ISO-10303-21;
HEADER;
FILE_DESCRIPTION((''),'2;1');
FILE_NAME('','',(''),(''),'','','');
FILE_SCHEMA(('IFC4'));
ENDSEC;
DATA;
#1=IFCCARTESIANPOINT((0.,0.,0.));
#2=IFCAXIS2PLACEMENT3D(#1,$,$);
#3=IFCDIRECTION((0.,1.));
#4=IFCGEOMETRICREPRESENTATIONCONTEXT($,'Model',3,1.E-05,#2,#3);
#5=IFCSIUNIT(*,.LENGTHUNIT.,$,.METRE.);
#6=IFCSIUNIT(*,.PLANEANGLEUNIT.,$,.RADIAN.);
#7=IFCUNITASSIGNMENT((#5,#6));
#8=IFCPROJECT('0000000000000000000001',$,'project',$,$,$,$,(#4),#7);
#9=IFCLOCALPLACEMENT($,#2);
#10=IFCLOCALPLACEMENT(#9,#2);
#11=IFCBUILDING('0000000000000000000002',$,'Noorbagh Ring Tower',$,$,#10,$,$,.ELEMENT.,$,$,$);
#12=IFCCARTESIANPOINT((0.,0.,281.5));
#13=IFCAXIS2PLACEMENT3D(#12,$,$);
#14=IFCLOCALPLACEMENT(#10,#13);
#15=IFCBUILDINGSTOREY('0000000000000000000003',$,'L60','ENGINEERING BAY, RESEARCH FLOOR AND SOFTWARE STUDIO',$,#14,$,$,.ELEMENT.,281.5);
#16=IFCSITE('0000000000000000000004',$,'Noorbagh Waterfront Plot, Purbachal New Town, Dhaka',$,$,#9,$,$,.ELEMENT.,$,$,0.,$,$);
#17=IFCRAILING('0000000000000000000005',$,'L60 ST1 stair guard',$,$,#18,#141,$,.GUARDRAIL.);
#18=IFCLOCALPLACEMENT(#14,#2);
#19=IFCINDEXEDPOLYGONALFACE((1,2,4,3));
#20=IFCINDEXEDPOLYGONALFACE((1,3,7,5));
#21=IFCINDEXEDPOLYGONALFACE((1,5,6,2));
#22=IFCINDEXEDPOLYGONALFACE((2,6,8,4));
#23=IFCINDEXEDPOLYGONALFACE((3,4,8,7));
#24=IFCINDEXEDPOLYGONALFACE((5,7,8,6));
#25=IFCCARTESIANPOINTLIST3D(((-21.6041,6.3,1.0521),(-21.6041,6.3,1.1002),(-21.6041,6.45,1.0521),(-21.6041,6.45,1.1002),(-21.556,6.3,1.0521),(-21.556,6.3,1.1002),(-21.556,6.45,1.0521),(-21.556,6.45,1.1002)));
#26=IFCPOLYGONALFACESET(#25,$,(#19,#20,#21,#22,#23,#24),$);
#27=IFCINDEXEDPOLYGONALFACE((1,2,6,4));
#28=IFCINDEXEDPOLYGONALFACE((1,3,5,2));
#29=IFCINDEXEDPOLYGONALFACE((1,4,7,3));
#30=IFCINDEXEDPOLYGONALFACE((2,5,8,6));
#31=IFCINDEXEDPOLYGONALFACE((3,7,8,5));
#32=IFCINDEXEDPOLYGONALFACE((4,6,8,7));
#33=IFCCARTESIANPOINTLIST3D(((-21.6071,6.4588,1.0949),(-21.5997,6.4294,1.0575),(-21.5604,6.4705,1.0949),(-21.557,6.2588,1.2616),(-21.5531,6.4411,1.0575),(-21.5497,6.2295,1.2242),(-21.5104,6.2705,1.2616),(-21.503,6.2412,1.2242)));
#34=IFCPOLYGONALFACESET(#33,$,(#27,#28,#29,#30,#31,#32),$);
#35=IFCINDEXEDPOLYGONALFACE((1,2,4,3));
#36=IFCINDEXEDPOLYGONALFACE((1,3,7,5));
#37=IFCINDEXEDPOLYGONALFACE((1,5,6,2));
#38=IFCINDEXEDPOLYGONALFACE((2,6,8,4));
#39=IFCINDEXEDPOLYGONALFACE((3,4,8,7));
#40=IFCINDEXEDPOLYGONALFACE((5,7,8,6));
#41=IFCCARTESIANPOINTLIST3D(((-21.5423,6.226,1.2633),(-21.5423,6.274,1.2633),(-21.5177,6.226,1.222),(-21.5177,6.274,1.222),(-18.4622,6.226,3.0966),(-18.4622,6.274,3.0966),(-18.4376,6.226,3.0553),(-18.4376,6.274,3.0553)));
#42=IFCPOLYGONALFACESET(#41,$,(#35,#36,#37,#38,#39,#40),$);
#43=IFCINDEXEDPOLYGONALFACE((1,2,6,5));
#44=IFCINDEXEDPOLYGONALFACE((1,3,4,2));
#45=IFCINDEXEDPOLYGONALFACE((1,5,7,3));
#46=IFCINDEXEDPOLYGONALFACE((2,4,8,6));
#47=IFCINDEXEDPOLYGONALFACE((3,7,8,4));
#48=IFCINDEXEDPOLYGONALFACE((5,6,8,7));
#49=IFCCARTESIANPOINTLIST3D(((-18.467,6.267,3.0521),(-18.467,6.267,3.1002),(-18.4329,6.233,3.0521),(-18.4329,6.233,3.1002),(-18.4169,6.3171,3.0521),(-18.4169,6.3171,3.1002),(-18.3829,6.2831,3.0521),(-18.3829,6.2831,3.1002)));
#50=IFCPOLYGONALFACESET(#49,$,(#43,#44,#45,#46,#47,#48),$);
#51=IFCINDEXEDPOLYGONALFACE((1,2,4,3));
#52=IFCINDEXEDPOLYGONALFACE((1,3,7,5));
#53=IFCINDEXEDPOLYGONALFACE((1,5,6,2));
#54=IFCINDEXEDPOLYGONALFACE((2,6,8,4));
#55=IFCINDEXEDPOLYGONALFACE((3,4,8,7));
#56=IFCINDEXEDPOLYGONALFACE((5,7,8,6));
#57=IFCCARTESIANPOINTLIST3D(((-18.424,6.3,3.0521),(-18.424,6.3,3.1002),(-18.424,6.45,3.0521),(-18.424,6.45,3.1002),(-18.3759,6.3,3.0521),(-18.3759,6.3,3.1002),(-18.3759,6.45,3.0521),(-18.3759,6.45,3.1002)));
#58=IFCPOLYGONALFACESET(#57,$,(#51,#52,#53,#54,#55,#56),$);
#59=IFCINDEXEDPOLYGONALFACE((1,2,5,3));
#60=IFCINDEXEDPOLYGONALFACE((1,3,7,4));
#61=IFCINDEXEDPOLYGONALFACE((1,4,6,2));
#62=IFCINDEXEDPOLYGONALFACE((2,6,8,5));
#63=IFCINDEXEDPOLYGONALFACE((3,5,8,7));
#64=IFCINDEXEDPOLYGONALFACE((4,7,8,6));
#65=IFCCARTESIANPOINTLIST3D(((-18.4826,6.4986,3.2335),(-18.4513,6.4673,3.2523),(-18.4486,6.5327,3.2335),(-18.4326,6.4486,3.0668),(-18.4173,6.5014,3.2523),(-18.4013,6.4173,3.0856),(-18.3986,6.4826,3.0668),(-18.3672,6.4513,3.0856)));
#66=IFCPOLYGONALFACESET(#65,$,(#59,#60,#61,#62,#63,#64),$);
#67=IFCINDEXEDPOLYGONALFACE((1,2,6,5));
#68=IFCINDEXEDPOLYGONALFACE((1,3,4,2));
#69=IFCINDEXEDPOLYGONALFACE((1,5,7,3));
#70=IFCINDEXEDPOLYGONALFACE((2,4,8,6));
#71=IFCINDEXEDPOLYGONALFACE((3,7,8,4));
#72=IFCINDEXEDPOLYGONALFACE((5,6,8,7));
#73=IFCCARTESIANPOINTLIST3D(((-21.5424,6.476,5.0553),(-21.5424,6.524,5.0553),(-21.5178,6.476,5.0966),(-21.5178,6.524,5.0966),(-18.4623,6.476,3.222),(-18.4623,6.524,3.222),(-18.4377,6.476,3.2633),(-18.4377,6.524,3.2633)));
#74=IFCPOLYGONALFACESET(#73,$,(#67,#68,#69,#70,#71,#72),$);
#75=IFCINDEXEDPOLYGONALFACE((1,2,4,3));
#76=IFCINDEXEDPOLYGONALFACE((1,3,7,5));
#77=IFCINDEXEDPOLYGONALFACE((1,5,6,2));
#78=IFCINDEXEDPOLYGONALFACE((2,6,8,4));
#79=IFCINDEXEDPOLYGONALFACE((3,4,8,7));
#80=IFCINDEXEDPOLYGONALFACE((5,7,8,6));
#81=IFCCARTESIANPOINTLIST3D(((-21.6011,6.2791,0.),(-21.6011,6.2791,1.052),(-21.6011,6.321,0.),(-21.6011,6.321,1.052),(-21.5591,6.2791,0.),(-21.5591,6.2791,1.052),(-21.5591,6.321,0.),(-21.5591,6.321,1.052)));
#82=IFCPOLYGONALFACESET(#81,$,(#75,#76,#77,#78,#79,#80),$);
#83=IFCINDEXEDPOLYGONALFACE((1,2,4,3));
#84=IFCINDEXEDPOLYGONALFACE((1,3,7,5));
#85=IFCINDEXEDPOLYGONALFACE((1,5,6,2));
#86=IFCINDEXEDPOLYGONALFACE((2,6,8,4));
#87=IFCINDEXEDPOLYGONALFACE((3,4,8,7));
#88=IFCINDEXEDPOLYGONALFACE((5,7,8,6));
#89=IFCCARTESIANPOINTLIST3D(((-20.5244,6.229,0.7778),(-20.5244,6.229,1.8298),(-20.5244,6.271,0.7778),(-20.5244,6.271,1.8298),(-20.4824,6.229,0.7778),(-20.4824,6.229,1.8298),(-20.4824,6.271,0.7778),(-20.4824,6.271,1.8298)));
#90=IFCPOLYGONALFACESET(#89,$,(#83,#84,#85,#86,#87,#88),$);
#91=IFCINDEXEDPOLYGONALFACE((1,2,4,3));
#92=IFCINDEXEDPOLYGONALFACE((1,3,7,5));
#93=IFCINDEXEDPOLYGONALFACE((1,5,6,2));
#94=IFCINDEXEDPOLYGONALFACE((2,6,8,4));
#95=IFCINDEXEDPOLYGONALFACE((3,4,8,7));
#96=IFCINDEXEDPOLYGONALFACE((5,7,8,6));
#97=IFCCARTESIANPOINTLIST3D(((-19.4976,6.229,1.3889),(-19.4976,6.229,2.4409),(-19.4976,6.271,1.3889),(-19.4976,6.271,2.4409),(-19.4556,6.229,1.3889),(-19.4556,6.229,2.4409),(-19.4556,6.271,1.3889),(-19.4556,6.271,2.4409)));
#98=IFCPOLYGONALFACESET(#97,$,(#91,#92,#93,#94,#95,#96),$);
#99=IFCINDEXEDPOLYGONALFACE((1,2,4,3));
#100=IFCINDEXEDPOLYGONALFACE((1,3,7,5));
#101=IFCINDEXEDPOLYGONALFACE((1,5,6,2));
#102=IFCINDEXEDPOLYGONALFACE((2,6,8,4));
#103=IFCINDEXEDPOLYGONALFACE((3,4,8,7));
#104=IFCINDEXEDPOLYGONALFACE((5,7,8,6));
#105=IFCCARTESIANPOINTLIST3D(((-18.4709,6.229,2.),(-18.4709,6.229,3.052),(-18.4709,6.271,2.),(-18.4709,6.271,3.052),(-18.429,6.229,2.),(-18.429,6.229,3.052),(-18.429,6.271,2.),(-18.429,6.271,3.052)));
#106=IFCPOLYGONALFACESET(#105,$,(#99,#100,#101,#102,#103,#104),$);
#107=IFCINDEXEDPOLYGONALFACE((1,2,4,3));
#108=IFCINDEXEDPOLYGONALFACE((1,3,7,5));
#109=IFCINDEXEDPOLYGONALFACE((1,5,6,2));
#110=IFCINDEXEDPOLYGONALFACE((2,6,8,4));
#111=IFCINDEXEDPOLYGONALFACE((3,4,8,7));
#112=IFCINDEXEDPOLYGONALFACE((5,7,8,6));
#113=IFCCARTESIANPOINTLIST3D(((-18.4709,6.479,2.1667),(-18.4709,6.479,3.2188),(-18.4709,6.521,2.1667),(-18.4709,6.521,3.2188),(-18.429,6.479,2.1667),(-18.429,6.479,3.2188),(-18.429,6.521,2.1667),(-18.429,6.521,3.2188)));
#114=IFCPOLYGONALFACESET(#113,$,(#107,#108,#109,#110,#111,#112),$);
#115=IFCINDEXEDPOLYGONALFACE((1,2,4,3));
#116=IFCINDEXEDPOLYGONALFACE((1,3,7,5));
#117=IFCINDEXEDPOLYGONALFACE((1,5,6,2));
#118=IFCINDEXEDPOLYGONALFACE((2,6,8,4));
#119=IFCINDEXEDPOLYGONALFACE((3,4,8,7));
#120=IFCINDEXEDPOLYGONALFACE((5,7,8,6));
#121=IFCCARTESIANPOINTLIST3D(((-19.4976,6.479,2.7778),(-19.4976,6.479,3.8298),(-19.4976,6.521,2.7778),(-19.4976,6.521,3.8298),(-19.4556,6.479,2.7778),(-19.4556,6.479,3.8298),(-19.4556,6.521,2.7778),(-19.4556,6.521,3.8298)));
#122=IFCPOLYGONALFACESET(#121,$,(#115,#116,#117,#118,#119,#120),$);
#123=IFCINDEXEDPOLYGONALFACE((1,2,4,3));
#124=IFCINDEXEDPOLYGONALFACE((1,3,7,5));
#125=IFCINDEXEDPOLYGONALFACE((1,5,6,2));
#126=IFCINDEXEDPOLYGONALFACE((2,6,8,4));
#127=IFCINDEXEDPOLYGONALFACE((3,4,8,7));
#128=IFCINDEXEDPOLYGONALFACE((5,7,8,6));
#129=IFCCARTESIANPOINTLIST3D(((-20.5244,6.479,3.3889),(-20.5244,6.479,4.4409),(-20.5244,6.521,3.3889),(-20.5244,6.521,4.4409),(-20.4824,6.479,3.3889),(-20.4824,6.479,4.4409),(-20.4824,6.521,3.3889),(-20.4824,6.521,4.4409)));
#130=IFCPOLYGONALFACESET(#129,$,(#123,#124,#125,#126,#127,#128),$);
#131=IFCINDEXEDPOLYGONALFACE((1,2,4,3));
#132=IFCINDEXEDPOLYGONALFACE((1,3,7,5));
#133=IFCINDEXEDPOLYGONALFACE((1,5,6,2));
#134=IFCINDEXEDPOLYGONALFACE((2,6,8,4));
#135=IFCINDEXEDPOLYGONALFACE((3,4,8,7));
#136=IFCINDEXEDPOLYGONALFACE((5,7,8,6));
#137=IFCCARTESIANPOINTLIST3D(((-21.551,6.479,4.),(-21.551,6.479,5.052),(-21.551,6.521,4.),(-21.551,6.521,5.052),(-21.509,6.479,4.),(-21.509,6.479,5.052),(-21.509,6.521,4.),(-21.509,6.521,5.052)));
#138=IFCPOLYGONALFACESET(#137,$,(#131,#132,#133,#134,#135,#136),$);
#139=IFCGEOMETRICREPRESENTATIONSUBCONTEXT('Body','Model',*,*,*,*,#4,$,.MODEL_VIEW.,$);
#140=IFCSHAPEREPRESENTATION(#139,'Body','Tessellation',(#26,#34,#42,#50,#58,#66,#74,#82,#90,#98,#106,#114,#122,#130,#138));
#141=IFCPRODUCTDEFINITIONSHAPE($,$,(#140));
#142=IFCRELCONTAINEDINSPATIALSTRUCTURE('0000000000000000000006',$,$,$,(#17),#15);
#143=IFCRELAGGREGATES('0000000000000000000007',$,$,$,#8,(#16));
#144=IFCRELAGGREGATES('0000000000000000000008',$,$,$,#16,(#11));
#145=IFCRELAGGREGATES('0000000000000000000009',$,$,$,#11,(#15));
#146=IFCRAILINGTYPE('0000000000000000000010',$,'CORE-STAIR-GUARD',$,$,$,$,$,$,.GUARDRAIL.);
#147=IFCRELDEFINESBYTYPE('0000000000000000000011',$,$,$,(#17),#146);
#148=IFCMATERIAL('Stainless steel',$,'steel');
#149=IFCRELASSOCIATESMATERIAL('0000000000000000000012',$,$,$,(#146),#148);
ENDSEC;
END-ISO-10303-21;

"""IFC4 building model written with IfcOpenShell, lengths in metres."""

from ifc_helpers import new_model, si_unit, direction, frame, origin, origin_2d, place, context, subcontext, project, spatial, rectangle, extrude, material, type_object, element, save


model = new_model("IFC4")

# Units and contexts
model_context = context("Model", 3, precision=1e-05, world=origin(), true_north=direction((0.0, 1.0)))
body_context = subcontext(model_context, "Body", "Model", "MODEL_VIEW")
ifc_project = project(units=[si_unit("LENGTHUNIT", "METRE"), si_unit("PLANEANGLEUNIT", "RADIAN")], contexts=[model_context])

# Site, building, storey
site_placement = place(None, origin())
site = spatial("IfcSite", under=ifc_project, at=site_placement, Name="Noorbagh Waterfront Plot, Purbachal New Town, Dhaka", CompositionType="ELEMENT", RefElevation=0.0)
building_placement = place(site_placement, origin())
building = spatial("IfcBuilding", under=site, at=building_placement, Name="Noorbagh Ring Tower", CompositionType="ELEMENT")
storey_placement = place(building_placement, frame((0.0, 0.0, 281.5)))
storey = spatial("IfcBuildingStorey", under=building, at=storey_placement, Name="L60", Description="ENGINEERING BAY, RESEARCH FLOOR AND SOFTWARE STUDIO", CompositionType="ELEMENT", Elevation=281.5)

# Railing
ifc_material_1 = material(Name="Stainless steel", Category="steel")
railing_type = type_object("IfcRailingType", Name="CORE-STAIR-GUARD", PredefinedType="GUARDRAIL", material=ifc_material_1)
railing_placement = place(storey_placement, frame((-21.5801, 6.3, 0.0)))
element("IfcRailing", 1, at=railing_placement, inside=storey, type_object=railing_type, Name="L60 ST1 stair guard", PredefinedType="GUARDRAIL", context=body_context, shape_type="SweptSolid", body=[
    extrude(rectangle(XDim=0.0481, YDim=0.0481, at=origin_2d()), frame((0.0, 0.0, 1.0762), z_axis=(0.0, 1.0, 0.0), x_axis=(-1.0, 0.0, 0.0)), (0.0, 0.0, 1.0), 0.1499),
    extrude(rectangle(XDim=0.0481, YDim=0.0481, at=origin_2d()), frame((0.0, 0.1499, 1.0762), z_axis=(0.188776, -0.754182, 0.628946), x_axis=(0.970073, 0.242814, 0.0)), (0.0, 0.0, 1.0), 0.2651),
    extrude(rectangle(XDim=0.0481, YDim=0.0481, at=origin_2d()), frame((0.05, -0.05, 1.2427), z_axis=(0.859309, 0.0, 0.511458), x_axis=(0.0, 1.0, 0.0)), (0.0, 0.0, 1.0), 3.5845),
    extrude(rectangle(XDim=0.0481, YDim=0.0481, at=origin_2d()), frame((3.1301, -0.05, 3.0762), z_axis=(0.707107, 0.707107, 0.0), x_axis=(-0.707107, 0.707107, 0.0)), (0.0, 0.0, 1.0), 0.0708),
    extrude(rectangle(XDim=0.0481, YDim=0.0481, at=origin_2d()), frame((3.1802, 0.0, 3.0762), z_axis=(0.0, 1.0, 0.0), x_axis=(-1.0, 0.0, 0.0)), (0.0, 0.0, 1.0), 0.1499),
    extrude(rectangle(XDim=0.0481, YDim=0.0481, at=origin_2d()), frame((3.1802, 0.1499, 3.0762), z_axis=(-0.276287, 0.276287, 0.920506), x_axis=(-0.707107, -0.707107, 0.0)), (0.0, 0.0, 1.0), 0.1812),
    extrude(rectangle(XDim=0.0481, YDim=0.0481, at=origin_2d()), frame((3.1301, 0.2, 3.2427), z_axis=(-0.859309, 0.0, 0.511458), x_axis=(0.0, -1.0, 0.0)), (0.0, 0.0, 1.0), 3.5845),
    extrude(rectangle(XDim=0.042, YDim=0.042, at=origin_2d()), origin(), (0.0, 0.0, 1.0), 1.052),
    extrude(rectangle(XDim=0.042, YDim=0.042, at=origin_2d()), frame((1.0767, -0.05, 0.7778)), (0.0, 0.0, 1.0), 1.052),
    extrude(rectangle(XDim=0.042, YDim=0.042, at=origin_2d()), frame((2.1035, -0.05, 1.3889)), (0.0, 0.0, 1.0), 1.052),
    extrude(rectangle(XDim=0.042, YDim=0.042, at=origin_2d()), frame((3.1301, -0.05, 2.0)), (0.0, 0.0, 1.0), 1.052),
    extrude(rectangle(XDim=0.042, YDim=0.042, at=origin_2d()), frame((3.1301, 0.2, 2.1667)), (0.0, 0.0, 1.0), 1.052),
    extrude(rectangle(XDim=0.042, YDim=0.042, at=origin_2d()), frame((2.1035, 0.2, 2.7778)), (0.0, 0.0, 1.0), 1.052),
    extrude(rectangle(XDim=0.042, YDim=0.042, at=origin_2d()), frame((1.0767, 0.2, 3.3889)), (0.0, 0.0, 1.0), 1.052),
    extrude(rectangle(XDim=0.042, YDim=0.042, at=origin_2d()), frame((0.05, 0.2, 4.0)), (0.0, 0.0, 1.0), 1.052),
])

save(model, "model.ifc")
